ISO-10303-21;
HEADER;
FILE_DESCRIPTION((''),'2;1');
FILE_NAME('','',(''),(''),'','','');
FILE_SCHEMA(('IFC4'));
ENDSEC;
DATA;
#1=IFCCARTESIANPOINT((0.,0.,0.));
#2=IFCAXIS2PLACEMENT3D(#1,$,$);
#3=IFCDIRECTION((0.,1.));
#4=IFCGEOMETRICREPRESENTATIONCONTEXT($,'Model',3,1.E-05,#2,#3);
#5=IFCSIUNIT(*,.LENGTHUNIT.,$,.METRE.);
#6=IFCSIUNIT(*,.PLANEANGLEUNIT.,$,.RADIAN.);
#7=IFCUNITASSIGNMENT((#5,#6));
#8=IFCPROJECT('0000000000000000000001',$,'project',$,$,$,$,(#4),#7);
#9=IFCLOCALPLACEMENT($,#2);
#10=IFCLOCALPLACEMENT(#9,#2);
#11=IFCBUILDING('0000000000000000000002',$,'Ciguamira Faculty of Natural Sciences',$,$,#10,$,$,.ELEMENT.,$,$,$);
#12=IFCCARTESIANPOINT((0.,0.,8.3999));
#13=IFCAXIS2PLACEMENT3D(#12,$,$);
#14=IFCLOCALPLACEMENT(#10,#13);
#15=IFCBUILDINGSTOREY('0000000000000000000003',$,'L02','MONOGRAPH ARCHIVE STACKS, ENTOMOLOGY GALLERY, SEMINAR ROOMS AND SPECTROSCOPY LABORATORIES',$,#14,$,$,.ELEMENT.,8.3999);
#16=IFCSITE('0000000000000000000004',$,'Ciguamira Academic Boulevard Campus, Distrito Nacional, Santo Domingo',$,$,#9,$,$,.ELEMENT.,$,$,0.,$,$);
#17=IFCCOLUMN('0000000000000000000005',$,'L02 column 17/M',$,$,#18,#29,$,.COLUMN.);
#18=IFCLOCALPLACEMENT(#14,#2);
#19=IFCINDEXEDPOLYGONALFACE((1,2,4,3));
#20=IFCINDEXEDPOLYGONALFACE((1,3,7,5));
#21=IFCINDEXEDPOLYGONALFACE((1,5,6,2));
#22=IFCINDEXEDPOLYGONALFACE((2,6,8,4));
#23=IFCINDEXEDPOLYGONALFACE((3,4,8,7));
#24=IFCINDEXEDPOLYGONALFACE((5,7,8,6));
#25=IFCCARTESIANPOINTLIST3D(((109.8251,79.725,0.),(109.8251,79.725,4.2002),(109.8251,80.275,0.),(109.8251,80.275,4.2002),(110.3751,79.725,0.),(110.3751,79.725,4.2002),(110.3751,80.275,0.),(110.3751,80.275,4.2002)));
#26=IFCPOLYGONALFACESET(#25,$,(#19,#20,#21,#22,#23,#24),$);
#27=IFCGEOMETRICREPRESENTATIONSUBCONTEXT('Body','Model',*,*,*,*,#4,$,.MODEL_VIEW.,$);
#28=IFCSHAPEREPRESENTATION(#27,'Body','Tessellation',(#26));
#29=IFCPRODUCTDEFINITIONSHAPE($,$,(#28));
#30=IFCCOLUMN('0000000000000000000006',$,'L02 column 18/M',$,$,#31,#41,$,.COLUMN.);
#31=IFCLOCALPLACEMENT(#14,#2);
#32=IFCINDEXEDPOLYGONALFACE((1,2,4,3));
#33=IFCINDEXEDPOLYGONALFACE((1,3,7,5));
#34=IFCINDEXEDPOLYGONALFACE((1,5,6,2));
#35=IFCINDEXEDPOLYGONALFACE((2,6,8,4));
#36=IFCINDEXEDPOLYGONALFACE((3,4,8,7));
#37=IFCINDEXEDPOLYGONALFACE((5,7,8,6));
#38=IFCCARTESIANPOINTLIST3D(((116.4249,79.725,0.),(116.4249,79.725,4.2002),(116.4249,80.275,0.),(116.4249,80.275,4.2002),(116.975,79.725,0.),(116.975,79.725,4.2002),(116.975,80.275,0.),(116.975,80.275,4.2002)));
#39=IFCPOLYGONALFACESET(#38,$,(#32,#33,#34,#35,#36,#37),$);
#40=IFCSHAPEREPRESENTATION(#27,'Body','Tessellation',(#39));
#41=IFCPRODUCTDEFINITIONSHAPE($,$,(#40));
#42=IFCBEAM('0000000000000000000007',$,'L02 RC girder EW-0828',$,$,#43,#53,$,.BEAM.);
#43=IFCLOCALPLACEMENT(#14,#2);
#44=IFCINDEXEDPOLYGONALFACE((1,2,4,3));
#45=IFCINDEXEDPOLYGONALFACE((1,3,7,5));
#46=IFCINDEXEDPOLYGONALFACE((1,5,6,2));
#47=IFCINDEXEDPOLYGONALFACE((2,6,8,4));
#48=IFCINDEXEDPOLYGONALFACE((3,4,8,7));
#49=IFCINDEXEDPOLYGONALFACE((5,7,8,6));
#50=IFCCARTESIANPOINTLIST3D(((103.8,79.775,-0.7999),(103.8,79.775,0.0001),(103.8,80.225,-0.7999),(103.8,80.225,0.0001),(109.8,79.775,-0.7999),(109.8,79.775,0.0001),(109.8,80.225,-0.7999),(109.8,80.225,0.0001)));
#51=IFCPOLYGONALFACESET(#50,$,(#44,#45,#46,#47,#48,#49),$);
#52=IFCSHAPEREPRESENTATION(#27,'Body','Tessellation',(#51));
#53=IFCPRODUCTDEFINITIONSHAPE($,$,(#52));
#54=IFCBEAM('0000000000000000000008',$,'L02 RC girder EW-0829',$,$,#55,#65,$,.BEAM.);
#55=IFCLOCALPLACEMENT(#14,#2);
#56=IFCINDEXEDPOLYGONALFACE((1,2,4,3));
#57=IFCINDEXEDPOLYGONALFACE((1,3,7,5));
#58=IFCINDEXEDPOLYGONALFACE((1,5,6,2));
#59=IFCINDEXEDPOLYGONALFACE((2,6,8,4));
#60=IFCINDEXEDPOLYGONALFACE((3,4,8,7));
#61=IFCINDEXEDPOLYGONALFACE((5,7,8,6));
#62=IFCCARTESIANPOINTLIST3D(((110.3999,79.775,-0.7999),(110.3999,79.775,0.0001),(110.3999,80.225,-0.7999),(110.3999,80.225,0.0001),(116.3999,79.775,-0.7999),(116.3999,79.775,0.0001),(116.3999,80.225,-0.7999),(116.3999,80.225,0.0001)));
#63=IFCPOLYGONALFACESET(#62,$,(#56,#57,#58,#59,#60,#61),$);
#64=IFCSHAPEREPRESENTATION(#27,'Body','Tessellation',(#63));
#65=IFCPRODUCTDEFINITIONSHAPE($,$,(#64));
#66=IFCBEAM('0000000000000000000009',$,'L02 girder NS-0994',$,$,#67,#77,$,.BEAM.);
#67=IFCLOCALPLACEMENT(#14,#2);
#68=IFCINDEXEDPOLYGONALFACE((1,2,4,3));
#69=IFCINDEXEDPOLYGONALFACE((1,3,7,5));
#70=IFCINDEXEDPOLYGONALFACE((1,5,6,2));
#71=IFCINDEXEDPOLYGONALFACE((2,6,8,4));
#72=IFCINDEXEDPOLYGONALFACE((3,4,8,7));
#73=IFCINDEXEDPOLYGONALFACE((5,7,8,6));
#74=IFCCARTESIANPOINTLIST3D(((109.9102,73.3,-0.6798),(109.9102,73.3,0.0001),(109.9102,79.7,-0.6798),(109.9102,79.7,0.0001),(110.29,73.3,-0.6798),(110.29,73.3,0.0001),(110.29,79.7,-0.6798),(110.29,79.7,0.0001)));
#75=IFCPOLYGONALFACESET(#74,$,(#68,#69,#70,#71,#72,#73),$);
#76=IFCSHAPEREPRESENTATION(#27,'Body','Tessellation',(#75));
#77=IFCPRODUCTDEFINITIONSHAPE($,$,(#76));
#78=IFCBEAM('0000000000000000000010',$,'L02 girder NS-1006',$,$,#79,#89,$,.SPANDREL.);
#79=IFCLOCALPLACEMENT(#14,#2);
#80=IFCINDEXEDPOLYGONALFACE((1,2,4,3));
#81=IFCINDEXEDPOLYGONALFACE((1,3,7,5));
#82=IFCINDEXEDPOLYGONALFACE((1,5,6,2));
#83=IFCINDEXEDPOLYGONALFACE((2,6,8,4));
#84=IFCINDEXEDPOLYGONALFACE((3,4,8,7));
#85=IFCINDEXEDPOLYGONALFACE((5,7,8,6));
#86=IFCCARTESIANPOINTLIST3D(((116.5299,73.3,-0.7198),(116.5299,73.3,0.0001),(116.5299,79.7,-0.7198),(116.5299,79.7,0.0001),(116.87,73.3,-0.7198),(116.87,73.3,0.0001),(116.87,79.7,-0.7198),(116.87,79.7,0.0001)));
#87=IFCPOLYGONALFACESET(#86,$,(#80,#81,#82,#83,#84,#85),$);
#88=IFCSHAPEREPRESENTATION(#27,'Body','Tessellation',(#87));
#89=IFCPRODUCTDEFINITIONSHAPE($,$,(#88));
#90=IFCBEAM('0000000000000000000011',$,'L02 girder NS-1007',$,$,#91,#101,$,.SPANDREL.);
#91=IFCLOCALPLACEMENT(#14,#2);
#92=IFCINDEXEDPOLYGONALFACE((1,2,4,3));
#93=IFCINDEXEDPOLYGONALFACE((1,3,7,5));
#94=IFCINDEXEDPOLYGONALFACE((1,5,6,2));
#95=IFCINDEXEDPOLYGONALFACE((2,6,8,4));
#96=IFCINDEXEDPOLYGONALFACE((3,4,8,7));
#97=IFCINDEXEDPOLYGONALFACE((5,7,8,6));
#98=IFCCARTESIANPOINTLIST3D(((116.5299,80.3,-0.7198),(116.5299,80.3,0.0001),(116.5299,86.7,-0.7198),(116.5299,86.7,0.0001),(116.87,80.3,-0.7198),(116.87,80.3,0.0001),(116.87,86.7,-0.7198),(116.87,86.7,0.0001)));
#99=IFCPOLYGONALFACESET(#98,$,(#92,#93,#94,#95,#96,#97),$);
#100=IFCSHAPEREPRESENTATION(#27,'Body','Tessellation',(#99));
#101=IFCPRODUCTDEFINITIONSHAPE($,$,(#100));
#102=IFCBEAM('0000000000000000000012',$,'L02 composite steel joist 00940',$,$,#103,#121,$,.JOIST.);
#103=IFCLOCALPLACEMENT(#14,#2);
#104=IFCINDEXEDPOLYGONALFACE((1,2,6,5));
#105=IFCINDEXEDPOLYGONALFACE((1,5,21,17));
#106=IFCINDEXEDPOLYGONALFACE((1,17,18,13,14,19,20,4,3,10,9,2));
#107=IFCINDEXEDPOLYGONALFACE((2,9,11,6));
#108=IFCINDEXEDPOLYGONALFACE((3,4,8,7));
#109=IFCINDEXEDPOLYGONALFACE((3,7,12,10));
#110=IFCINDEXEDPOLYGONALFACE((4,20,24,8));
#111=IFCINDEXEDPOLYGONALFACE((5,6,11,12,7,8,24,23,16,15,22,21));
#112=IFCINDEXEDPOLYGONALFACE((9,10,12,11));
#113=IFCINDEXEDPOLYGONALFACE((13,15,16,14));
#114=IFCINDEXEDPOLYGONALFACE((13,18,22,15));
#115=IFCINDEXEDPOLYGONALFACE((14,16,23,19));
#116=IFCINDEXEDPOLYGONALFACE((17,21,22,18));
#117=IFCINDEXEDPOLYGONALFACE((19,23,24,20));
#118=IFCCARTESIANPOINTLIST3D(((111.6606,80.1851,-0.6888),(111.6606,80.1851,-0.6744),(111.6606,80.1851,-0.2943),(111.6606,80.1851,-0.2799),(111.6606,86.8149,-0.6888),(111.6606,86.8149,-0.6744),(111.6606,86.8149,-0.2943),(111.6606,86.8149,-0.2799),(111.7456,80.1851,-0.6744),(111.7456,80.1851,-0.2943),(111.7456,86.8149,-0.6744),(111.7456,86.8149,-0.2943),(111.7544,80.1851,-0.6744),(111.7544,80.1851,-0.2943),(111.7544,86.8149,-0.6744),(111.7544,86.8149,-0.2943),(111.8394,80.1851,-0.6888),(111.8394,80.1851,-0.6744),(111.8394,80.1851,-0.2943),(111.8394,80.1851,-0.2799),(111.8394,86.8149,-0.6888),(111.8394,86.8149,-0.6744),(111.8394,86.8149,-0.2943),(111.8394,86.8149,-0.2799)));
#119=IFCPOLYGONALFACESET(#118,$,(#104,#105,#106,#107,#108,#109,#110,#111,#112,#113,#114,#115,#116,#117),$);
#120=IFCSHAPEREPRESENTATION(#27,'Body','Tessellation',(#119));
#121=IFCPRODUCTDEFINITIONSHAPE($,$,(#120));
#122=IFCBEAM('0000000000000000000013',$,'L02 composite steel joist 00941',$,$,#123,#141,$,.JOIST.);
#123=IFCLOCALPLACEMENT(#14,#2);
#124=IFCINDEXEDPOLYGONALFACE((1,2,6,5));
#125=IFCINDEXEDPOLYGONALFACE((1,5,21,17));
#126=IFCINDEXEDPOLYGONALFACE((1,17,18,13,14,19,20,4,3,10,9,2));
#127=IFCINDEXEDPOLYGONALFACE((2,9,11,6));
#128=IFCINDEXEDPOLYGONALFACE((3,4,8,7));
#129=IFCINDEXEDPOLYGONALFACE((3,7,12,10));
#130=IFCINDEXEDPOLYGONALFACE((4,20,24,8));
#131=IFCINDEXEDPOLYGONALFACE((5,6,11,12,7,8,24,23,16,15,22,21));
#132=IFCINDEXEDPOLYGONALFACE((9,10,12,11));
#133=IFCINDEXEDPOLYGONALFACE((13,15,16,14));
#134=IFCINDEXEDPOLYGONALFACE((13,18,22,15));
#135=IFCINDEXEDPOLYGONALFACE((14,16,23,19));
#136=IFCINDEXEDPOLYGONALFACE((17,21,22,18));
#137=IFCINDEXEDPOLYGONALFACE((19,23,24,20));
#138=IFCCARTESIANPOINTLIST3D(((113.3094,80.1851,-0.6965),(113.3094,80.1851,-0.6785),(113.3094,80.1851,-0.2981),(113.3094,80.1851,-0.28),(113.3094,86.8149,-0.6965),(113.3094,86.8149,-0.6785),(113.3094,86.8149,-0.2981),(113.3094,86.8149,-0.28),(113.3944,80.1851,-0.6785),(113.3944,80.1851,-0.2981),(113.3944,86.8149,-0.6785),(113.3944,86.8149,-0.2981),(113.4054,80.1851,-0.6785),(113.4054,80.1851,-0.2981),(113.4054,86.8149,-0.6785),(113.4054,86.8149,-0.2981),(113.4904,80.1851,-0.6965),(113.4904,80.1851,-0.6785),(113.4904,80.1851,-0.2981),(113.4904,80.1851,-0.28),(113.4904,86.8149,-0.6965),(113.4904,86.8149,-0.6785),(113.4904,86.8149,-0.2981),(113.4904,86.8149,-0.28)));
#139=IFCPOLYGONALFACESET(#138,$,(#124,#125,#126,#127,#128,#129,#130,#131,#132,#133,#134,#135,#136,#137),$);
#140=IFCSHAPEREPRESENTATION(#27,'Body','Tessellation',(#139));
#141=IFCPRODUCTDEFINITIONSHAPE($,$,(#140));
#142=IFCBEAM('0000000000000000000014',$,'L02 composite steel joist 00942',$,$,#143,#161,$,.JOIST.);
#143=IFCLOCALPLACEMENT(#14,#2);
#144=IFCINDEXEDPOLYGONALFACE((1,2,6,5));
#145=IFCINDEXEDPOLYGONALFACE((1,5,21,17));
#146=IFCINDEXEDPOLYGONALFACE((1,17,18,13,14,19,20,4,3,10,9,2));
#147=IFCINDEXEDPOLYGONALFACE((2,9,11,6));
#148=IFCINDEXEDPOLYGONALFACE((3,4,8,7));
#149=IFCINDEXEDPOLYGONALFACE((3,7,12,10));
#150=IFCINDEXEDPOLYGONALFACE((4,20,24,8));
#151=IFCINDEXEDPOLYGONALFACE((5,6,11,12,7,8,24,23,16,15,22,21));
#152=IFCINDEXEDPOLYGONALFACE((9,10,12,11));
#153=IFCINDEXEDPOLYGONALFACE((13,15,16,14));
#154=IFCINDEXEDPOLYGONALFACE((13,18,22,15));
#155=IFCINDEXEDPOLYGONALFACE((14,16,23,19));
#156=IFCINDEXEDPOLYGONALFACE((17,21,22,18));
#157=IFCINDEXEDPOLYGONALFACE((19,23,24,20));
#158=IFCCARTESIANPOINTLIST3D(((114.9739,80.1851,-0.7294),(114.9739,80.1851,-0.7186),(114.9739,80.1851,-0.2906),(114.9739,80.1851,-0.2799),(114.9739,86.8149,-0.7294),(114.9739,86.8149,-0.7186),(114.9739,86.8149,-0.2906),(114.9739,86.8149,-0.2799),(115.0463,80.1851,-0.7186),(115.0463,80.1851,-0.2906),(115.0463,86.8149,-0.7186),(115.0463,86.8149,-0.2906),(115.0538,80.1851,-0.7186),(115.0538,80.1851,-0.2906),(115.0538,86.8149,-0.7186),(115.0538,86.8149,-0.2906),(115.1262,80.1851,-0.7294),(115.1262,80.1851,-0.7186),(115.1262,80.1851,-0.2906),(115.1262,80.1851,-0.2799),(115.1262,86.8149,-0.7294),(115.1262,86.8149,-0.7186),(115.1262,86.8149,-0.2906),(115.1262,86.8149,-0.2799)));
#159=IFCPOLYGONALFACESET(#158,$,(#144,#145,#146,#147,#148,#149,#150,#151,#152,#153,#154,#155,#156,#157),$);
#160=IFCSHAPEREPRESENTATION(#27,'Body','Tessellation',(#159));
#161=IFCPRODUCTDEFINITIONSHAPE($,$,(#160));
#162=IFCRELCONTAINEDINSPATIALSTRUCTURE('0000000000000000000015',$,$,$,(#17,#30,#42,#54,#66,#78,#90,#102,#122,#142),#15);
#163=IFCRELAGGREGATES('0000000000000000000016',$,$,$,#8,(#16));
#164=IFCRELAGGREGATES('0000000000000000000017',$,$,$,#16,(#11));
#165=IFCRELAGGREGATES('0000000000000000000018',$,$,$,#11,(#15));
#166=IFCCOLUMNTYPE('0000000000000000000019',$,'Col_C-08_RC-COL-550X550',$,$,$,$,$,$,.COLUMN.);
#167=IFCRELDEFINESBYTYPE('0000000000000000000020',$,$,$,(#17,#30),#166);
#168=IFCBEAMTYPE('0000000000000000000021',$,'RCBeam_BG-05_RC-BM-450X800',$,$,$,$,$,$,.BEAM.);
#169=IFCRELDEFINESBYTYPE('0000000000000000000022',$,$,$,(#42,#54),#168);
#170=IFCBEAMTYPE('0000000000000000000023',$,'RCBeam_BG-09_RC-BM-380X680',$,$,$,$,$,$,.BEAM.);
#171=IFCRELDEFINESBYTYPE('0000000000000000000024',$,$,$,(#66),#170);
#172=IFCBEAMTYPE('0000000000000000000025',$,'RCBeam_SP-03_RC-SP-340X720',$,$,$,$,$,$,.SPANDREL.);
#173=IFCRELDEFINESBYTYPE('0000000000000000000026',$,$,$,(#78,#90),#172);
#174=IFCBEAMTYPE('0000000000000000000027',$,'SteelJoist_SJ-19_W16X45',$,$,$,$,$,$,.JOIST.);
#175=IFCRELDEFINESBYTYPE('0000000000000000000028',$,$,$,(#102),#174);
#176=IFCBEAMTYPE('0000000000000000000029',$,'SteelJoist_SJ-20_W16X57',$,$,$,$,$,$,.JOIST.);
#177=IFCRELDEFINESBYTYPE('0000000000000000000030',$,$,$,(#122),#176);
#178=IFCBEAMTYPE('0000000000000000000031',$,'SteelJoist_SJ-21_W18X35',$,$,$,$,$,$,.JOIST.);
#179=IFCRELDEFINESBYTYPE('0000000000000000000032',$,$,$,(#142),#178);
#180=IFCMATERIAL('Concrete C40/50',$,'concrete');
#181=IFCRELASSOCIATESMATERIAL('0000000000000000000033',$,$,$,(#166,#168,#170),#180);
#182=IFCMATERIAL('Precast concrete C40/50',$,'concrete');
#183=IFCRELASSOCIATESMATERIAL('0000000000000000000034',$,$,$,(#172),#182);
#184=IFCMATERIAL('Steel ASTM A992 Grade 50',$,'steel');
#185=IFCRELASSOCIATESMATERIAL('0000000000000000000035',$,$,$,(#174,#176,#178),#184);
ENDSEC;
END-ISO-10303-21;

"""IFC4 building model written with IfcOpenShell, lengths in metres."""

from ifc_helpers import new_model, si_unit, direction, frame, origin, origin_2d, place, context, subcontext, project, spatial, rectangle, i_section, extrude, material, material_profile, profile_set, type_object, element, save


model = new_model("IFC4")

# Units and contexts
model_context = context("Model", 3, precision=1e-05, world=origin(), true_north=direction((0.0, 1.0)))
body_context = subcontext(model_context, "Body", "Model", "MODEL_VIEW")
ifc_project = project(units=[si_unit("LENGTHUNIT", "METRE"), si_unit("PLANEANGLEUNIT", "RADIAN")], contexts=[model_context])

# Site, building, storey
site_placement = place(None, origin())
site = spatial("IfcSite", under=ifc_project, at=site_placement, Name="Ciguamira Academic Boulevard Campus, Distrito Nacional, Santo Domingo", CompositionType="ELEMENT", RefElevation=0.0)
building_placement = place(site_placement, origin())
building = spatial("IfcBuilding", under=site, at=building_placement, Name="Ciguamira Faculty of Natural Sciences", CompositionType="ELEMENT")
storey_placement = place(building_placement, frame((0.0, 0.0, 8.3999)))
storey = spatial("IfcBuildingStorey", under=building, at=storey_placement, Name="L02", Description="MONOGRAPH ARCHIVE STACKS, ENTOMOLOGY GALLERY, SEMINAR ROOMS AND SPECTROSCOPY LABORATORIES", CompositionType="ELEMENT", Elevation=8.3999)

# Columns
ifc_material_1 = material(Name="Concrete C40/50", Category="concrete")
ifc_material_profile_1 = material_profile(ifc_material_1, rectangle(XDim=0.55, YDim=0.55, at=origin_2d()), Name="RC-COL-550X550")
ifc_profile_set_1 = profile_set([ifc_material_profile_1], Name="Concrete C40/50")
column_type = type_object("IfcColumnType", Name="Col_C-08_RC-COL-550X550", PredefinedType="COLUMN", material=ifc_profile_set_1)
for number, where, z_axis, x_axis, name in (
    (1, (110.1001, 80.0, 0.0), (0.0, 0.0, 1.0), (1.0, 0.0, 0.0), "L02 column 17/M"),
    (2, (116.7, 80.0, 0.0), (0.0, 0.0, 1.0), (1.0, 0.0, 0.0), "L02 column 18/M"),
):
    element("IfcColumn", number, at=place(storey_placement, frame(where, z_axis=z_axis, x_axis=x_axis)), inside=storey, type_object=column_type, Name=name, PredefinedType="COLUMN", context=body_context, shape_type="SweptSolid", body=[
        extrude(rectangle(XDim=0.55, YDim=0.55, at=origin_2d()), origin(), (0.0, 0.0, 1.0), 4.2002),
    ])

# Beams
ifc_material_profile_2 = material_profile(ifc_material_1, rectangle(XDim=0.45, YDim=0.8, at=origin_2d()), Name="RC-BM-450X800")
ifc_profile_set_2 = profile_set([ifc_material_profile_2], Name="Concrete C40/50")
beam_type_1 = type_object("IfcBeamType", Name="RCBeam_BG-05_RC-BM-450X800", PredefinedType="BEAM", material=ifc_profile_set_2)
for number, where, z_axis, x_axis, name in (
    (3, (103.8, 80.0, -0.3999), (1.0, 0.0, 0.0), (0.0, 1.0, 0.0), "L02 RC girder EW-0828"),
    (4, (110.3999, 80.0, -0.3999), (1.0, 0.0, 0.0), (0.0, 1.0, 0.0), "L02 RC girder EW-0829"),
):
    element("IfcBeam", number, at=place(storey_placement, frame(where, z_axis=z_axis, x_axis=x_axis)), inside=storey, type_object=beam_type_1, Name=name, PredefinedType="BEAM", context=body_context, shape_type="SweptSolid", body=[
        extrude(rectangle(XDim=0.45, YDim=0.8, at=origin_2d()), origin(), (0.0, 0.0, 1.0), 6.0),
    ])
ifc_material_profile_3 = material_profile(ifc_material_1, rectangle(XDim=0.3799, YDim=0.6799, at=origin_2d()), Name="RC-BM-380X680")
ifc_profile_set_3 = profile_set([ifc_material_profile_3], Name="Concrete C40/50")
beam_type_2 = type_object("IfcBeamType", Name="RCBeam_BG-09_RC-BM-380X680", PredefinedType="BEAM", material=ifc_profile_set_3)
beam_1_placement = place(storey_placement, frame((110.1001, 73.3, -0.3398), z_axis=(0.0, 1.0, 0.0), x_axis=(-1.0, 0.0, 0.0)))
element("IfcBeam", 5, at=beam_1_placement, inside=storey, type_object=beam_type_2, Name="L02 girder NS-0994", PredefinedType="BEAM", context=body_context, shape_type="SweptSolid", body=[
    extrude(rectangle(XDim=0.3799, YDim=0.6799, at=origin_2d()), origin(), (0.0, 0.0, 1.0), 6.3999),
])
ifc_material_2 = material(Name="Precast concrete C40/50", Category="concrete")
ifc_material_profile_4 = material_profile(ifc_material_2, rectangle(XDim=0.3401, YDim=0.72, at=origin_2d()), Name="RC-SP-340X720")
ifc_profile_set_4 = profile_set([ifc_material_profile_4], Name="Precast concrete C40/50")
beam_type_3 = type_object("IfcBeamType", Name="RCBeam_SP-03_RC-SP-340X720", PredefinedType="SPANDREL", material=ifc_profile_set_4)
for number, where, z_axis, x_axis, name in (
    (6, (116.7, 73.3, -0.3599), (0.0, 1.0, 0.0), (-1.0, 0.0, 0.0), "L02 girder NS-1006"),
    (7, (116.7, 80.3, -0.3599), (0.0, 1.0, 0.0), (-1.0, 0.0, 0.0), "L02 girder NS-1007"),
):
    element("IfcBeam", number, at=place(storey_placement, frame(where, z_axis=z_axis, x_axis=x_axis)), inside=storey, type_object=beam_type_3, Name=name, PredefinedType="SPANDREL", context=body_context, shape_type="SweptSolid", body=[
        extrude(rectangle(XDim=0.3401, YDim=0.72, at=origin_2d()), origin(), (0.0, 0.0, 1.0), 6.3999),
    ])
ifc_material_3 = material(Name="Steel ASTM A992 Grade 50", Category="steel")
ifc_material_profile_5 = material_profile(ifc_material_3, i_section(OverallWidth=0.1787, OverallDepth=0.4089, WebThickness=0.0088, FlangeThickness=0.0144, at=origin_2d()), Name="W16X45")
ifc_profile_set_5 = profile_set([ifc_material_profile_5], Name="Steel ASTM A992 Grade 50")
beam_type_4 = type_object("IfcBeamType", Name="SteelJoist_SJ-19_W16X45", PredefinedType="JOIST", material=ifc_profile_set_5)
beam_2_placement = place(storey_placement, frame((111.75, 80.1851, -0.4844), z_axis=(0.0, 1.0, 0.0), x_axis=(-1.0, 0.0, 0.0)))
element("IfcBeam", 8, at=beam_2_placement, inside=storey, type_object=beam_type_4, Name="L02 composite steel joist 00940", PredefinedType="JOIST", context=body_context, shape_type="SweptSolid", body=[
    extrude(i_section(OverallWidth=0.1787, OverallDepth=0.4089, WebThickness=0.0088, FlangeThickness=0.0144, at=origin_2d()), origin(), (0.0, 0.0, 1.0), 6.6299),
])
ifc_material_profile_6 = material_profile(ifc_material_3, i_section(OverallWidth=0.1809, OverallDepth=0.4165, WebThickness=0.011, FlangeThickness=0.0181, at=origin_2d()), Name="W16X57")
ifc_profile_set_6 = profile_set([ifc_material_profile_6], Name="Steel ASTM A992 Grade 50")
beam_type_5 = type_object("IfcBeamType", Name="SteelJoist_SJ-20_W16X57", PredefinedType="JOIST", material=ifc_profile_set_6)
beam_3_placement = place(storey_placement, frame((113.3999, 80.1851, -0.4883), z_axis=(0.0, 1.0, 0.0), x_axis=(-1.0, 0.0, 0.0)))
element("IfcBeam", 9, at=beam_3_placement, inside=storey, type_object=beam_type_5, Name="L02 composite steel joist 00941", PredefinedType="JOIST", context=body_context, shape_type="SweptSolid", body=[
    extrude(i_section(OverallWidth=0.1809, OverallDepth=0.4165, WebThickness=0.011, FlangeThickness=0.0181, at=origin_2d()), origin(), (0.0, 0.0, 1.0), 6.6299),
])
ifc_material_profile_7 = material_profile(ifc_material_3, i_section(OverallWidth=0.1523, OverallDepth=0.4495, WebThickness=0.0076, FlangeThickness=0.0107, at=origin_2d()), Name="W18X35")
ifc_profile_set_7 = profile_set([ifc_material_profile_7], Name="Steel ASTM A992 Grade 50")
beam_type_6 = type_object("IfcBeamType", Name="SteelJoist_SJ-21_W18X35", PredefinedType="JOIST", material=ifc_profile_set_7)
beam_4_placement = place(storey_placement, frame((115.05, 80.1851, -0.5046), z_axis=(0.0, 1.0, 0.0), x_axis=(-1.0, 0.0, 0.0)))
element("IfcBeam", 10, at=beam_4_placement, inside=storey, type_object=beam_type_6, Name="L02 composite steel joist 00942", PredefinedType="JOIST", context=body_context, shape_type="SweptSolid", body=[
    extrude(i_section(OverallWidth=0.1523, OverallDepth=0.4495, WebThickness=0.0076, FlangeThickness=0.0107, at=origin_2d()), origin(), (0.0, 0.0, 1.0), 6.6299),
])

save(model, "model.ifc")
